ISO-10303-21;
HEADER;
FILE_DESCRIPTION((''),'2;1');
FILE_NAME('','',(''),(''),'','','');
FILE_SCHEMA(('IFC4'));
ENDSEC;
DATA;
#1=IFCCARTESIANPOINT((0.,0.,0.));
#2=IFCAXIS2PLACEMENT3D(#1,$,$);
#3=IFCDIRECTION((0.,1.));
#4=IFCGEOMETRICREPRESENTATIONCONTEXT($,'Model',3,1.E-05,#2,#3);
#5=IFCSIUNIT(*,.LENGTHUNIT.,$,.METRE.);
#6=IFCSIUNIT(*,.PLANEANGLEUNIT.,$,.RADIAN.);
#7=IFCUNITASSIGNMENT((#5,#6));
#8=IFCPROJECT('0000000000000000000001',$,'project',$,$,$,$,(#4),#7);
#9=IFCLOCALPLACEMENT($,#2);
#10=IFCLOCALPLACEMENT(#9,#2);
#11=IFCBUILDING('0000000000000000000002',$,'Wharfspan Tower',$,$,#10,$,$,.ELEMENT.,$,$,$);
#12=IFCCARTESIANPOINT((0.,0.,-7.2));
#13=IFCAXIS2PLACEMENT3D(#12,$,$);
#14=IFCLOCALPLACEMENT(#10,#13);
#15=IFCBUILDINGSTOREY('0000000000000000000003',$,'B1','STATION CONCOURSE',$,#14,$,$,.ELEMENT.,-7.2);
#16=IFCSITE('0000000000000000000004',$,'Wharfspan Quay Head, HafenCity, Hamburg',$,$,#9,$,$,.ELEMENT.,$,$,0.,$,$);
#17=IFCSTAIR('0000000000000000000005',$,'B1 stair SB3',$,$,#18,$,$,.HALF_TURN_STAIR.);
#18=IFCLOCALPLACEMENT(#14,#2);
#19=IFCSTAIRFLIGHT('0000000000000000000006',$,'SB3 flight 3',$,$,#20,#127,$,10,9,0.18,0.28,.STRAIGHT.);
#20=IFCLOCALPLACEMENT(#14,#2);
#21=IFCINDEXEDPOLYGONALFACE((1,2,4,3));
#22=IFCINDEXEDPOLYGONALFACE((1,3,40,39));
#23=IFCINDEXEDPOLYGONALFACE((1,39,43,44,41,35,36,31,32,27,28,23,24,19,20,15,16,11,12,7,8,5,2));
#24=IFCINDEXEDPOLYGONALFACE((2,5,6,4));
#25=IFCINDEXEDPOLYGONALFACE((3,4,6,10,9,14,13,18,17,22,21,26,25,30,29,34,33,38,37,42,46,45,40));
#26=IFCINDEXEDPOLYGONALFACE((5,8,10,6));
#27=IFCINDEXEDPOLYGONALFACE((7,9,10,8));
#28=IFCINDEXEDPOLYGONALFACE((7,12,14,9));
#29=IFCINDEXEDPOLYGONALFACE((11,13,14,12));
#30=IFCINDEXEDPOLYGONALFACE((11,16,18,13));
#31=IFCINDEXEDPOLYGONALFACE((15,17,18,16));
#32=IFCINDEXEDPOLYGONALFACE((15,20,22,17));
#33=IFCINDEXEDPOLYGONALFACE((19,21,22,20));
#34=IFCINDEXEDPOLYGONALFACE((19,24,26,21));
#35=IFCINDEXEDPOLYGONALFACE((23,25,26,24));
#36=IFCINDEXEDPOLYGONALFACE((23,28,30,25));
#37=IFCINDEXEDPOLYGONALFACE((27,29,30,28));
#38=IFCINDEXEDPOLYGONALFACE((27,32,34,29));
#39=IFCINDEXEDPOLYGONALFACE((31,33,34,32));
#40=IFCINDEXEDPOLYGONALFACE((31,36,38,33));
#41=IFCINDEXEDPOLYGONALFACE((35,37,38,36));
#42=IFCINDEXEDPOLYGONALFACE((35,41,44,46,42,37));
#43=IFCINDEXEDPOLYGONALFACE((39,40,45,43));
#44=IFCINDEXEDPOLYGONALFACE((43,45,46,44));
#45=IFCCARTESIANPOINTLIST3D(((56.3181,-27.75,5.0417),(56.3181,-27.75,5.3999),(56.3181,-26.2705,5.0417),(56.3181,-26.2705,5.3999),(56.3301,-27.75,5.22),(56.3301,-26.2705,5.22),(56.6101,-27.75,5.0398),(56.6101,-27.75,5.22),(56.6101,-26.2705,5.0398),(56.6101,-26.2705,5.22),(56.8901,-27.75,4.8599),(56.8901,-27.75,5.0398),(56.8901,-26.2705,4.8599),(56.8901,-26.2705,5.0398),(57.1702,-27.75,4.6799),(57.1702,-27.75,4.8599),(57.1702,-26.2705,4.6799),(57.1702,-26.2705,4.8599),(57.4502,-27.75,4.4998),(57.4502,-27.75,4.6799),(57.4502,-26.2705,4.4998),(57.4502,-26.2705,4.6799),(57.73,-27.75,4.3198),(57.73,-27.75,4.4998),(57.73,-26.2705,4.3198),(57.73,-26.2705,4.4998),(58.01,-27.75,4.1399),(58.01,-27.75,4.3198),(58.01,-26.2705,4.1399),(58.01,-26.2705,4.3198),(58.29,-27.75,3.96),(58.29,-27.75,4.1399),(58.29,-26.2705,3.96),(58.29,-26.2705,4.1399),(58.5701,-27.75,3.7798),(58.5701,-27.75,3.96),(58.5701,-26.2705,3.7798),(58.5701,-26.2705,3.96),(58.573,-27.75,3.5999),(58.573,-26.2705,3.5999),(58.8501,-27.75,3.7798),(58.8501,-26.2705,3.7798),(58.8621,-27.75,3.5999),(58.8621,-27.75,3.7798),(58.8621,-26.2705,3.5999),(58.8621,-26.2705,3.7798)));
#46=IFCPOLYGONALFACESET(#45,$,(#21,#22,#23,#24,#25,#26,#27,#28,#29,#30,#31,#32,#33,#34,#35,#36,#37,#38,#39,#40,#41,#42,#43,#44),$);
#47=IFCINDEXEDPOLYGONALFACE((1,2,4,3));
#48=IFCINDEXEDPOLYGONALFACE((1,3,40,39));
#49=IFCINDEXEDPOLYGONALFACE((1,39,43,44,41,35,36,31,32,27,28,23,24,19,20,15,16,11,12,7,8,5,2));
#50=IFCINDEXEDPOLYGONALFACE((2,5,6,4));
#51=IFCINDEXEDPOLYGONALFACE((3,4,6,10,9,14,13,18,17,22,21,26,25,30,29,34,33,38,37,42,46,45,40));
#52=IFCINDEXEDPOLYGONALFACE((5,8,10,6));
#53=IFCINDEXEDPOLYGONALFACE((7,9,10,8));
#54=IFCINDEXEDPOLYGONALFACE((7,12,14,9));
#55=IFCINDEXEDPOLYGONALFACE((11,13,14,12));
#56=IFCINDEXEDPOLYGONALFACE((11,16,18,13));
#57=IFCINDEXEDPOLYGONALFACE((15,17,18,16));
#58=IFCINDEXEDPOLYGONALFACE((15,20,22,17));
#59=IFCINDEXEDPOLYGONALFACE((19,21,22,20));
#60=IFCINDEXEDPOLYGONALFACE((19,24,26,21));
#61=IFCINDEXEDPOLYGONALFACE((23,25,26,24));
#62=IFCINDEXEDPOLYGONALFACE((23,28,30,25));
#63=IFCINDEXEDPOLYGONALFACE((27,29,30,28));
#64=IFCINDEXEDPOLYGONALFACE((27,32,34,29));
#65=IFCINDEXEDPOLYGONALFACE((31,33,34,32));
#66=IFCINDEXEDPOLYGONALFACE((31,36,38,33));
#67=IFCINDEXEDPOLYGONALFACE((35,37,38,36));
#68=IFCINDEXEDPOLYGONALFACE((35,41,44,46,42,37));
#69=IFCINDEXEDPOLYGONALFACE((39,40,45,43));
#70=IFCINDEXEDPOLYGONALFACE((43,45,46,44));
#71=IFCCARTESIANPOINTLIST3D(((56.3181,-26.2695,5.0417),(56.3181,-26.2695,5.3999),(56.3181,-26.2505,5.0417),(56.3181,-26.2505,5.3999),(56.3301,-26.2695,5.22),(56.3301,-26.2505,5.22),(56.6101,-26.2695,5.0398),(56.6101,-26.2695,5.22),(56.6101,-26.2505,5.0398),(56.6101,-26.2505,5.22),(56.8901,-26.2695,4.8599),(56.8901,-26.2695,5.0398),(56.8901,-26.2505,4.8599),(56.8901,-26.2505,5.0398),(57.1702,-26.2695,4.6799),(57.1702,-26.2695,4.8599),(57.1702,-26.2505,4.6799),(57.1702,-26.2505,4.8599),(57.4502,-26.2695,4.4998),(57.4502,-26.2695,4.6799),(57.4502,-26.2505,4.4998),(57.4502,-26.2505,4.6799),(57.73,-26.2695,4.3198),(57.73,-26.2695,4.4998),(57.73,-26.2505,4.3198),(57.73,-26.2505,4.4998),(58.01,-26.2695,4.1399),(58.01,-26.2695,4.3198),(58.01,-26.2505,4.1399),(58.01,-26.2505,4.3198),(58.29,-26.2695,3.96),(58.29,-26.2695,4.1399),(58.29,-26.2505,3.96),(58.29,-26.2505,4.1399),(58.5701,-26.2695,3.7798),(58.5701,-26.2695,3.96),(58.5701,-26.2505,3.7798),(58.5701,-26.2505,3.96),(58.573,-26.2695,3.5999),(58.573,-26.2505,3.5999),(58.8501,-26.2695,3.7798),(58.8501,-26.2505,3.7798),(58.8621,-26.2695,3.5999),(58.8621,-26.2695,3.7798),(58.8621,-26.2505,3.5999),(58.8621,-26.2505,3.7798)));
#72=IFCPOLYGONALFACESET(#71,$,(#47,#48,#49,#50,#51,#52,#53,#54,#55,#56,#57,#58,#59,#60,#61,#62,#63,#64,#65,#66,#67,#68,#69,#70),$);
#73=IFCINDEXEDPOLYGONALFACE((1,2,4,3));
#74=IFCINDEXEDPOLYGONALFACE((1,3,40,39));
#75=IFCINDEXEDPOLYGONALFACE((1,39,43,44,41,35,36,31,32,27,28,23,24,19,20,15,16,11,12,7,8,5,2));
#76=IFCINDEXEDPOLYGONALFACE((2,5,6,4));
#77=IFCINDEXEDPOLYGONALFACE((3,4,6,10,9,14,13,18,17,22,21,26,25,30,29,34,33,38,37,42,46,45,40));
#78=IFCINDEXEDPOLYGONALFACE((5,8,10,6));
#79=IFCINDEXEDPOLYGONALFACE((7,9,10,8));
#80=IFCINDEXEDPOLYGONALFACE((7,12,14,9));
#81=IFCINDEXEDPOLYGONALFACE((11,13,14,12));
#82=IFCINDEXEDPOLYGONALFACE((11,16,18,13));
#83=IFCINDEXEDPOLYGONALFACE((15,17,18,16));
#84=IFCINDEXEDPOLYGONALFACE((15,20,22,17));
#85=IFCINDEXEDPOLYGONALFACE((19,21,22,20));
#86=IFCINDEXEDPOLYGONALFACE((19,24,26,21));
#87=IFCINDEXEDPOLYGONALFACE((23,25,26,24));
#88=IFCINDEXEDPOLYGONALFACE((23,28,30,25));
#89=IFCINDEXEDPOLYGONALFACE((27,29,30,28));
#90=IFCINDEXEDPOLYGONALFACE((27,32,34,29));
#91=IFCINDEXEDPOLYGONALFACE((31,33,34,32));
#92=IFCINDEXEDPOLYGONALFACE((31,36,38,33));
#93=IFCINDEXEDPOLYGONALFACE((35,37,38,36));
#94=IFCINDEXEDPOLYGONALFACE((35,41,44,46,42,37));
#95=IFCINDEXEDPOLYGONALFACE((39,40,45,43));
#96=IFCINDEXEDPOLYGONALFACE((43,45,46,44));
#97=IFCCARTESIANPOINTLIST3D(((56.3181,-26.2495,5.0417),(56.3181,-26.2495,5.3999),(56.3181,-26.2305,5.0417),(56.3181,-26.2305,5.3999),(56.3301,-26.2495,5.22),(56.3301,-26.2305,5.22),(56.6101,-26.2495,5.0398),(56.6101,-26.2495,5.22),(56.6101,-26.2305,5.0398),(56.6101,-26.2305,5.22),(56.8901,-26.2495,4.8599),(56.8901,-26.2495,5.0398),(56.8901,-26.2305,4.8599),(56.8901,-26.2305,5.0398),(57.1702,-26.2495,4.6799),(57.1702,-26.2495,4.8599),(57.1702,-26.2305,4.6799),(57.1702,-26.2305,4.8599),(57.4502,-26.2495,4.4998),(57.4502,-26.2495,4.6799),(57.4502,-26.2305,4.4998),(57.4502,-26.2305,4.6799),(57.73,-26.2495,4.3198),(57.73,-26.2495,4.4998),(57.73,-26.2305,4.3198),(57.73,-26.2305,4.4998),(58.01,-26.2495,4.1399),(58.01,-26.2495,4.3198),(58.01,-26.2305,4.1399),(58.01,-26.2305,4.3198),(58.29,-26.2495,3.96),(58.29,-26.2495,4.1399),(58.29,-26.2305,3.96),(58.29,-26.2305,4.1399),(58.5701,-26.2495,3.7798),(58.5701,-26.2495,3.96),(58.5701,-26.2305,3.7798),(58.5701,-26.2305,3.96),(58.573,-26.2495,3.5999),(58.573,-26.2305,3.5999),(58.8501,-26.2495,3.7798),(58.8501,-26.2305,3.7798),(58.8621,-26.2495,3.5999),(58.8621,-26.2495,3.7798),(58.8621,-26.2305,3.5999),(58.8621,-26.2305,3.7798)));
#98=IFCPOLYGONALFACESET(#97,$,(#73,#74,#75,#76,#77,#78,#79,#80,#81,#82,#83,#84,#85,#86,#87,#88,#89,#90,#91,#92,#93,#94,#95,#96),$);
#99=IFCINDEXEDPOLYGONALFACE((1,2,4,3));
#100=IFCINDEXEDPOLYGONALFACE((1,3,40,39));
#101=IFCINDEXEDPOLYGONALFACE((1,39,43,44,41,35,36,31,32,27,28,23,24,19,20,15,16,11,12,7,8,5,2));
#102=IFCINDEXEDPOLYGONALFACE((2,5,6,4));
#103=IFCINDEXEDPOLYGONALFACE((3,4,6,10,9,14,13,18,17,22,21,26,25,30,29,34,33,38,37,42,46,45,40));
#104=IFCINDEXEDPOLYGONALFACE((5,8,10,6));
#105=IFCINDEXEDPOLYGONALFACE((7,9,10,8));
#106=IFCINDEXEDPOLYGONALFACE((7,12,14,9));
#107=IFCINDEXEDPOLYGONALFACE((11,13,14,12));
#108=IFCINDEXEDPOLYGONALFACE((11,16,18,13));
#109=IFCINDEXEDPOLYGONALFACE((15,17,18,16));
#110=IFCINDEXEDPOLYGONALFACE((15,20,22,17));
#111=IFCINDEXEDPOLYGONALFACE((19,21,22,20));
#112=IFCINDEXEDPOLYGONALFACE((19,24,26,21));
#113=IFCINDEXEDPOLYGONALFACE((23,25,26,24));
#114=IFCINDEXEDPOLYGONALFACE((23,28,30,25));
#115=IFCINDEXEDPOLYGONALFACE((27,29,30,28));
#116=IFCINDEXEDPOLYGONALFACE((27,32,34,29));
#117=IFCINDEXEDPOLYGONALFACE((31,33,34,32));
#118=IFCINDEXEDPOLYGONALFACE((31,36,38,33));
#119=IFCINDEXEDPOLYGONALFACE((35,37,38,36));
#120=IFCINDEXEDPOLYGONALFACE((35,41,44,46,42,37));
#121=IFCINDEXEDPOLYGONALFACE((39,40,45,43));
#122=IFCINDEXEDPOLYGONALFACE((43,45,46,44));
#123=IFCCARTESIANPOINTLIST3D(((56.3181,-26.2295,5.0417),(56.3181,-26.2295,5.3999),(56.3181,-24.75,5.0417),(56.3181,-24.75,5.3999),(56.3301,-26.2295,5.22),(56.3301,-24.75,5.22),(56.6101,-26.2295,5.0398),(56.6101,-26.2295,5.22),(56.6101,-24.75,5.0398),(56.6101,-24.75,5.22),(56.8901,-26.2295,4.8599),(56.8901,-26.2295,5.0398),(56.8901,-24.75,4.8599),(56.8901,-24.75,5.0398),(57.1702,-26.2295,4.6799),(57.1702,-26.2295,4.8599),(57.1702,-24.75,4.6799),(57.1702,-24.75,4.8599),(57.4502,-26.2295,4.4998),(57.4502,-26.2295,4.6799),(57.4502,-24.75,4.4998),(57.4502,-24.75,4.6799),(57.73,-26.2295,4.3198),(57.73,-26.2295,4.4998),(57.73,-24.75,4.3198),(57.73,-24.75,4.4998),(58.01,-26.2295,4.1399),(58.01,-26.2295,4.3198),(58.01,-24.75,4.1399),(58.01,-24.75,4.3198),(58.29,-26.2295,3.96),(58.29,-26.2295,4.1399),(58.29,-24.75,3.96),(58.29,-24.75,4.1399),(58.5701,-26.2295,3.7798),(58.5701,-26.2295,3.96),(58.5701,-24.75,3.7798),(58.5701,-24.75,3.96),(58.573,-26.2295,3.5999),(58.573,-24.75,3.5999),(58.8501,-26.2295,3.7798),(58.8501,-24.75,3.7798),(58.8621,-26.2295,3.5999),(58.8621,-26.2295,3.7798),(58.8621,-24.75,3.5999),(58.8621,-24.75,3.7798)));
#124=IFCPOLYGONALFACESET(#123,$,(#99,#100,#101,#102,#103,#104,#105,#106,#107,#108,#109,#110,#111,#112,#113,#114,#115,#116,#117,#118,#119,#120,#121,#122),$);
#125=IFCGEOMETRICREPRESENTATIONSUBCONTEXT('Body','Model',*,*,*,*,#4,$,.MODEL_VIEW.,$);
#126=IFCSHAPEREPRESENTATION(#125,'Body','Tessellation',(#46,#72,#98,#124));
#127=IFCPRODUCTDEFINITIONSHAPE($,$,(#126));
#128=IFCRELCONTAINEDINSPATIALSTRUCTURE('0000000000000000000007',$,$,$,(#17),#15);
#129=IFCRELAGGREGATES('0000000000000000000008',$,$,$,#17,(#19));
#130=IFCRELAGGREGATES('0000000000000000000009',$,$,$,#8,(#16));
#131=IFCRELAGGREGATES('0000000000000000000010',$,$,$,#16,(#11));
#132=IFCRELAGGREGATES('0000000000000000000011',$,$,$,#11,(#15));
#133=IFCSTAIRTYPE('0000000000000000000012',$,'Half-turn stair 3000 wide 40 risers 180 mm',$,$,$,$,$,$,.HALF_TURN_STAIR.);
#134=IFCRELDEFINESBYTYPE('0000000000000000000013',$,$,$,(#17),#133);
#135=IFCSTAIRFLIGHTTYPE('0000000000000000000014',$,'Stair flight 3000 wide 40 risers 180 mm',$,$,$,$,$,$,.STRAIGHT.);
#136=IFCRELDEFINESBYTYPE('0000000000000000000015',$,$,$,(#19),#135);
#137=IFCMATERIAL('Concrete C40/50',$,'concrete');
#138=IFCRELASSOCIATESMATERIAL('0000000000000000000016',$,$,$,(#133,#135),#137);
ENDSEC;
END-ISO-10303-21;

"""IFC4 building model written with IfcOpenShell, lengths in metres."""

from ifc_helpers import new_model, si_unit, direction, frame, origin, place, context, subcontext, project, spatial, polyline, outline, extrude, material, type_object, element, aggregate, save


model = new_model("IFC4")

# Units and contexts
model_context = context("Model", 3, precision=1e-05, world=origin(), true_north=direction((0.0, 1.0)))
body_context = subcontext(model_context, "Body", "Model", "MODEL_VIEW")
ifc_project = project(units=[si_unit("LENGTHUNIT", "METRE"), si_unit("PLANEANGLEUNIT", "RADIAN")], contexts=[model_context])

# Site, building, storey
site_placement = place(None, origin())
site = spatial("IfcSite", under=ifc_project, at=site_placement, Name="Wharfspan Quay Head, HafenCity, Hamburg", CompositionType="ELEMENT", RefElevation=0.0)
building_placement = place(site_placement, origin())
building = spatial("IfcBuilding", under=site, at=building_placement, Name="Wharfspan Tower", CompositionType="ELEMENT")
storey_placement = place(building_placement, frame((0.0, 0.0, -7.2)))
storey = spatial("IfcBuildingStorey", under=building, at=storey_placement, Name="B1", Description="STATION CONCOURSE", CompositionType="ELEMENT", Elevation=-7.2)

# Stair, stair flight
ifc_material_1 = material(Name="Concrete C40/50", Category="concrete")
stair_type = type_object("IfcStairType", Name="Half-turn stair 3000 wide 40 risers 180 mm", PredefinedType="HALF_TURN_STAIR", material=ifc_material_1)
stair_placement = place(storey_placement, origin())
stair = element("IfcStair", 1, at=stair_placement, inside=storey, type_object=stair_type, Name="B1 stair SB3", PredefinedType="HALF_TURN_STAIR")
stair_flight_type = type_object("IfcStairFlightType", Name="Stair flight 3000 wide 40 risers 180 mm", PredefinedType="STRAIGHT", material=ifc_material_1)
stair_flight_1_placement = place(storey_placement, frame((58.8501, -26.25, 3.5999), z_axis=(0.0, 0.0, 1.0), x_axis=(-1.0, 0.0, 0.0)))
stair_flight_1 = element("IfcStairFlight", 2, at=stair_flight_1_placement, type_object=stair_flight_type, Name="SB3 flight 3", NumberOfRisers=10, NumberOfTreads=9, PredefinedType="STRAIGHT", RiserHeight=0.18, TreadLength=0.28, context=body_context, shape_type="SweptSolid", body=[
    extrude(outline(polyline([(-0.012, 0.0), (-0.012, 0.1799), (0.0, 0.1799), (0.28, 0.1799), (0.28, 0.3601), (0.5601, 0.3601), (0.5601, 0.54), (0.8401, 0.54), (0.8401, 0.72), (1.1201, 0.72), (1.1201, 0.8999), (1.3999, 0.8999), (1.3999, 1.0801), (1.6799, 1.0801), (1.6799, 1.26), (1.96, 1.26), (1.96, 1.4399), (2.24, 1.4399), (2.24, 1.6201), (2.52, 1.6201), (2.532, 1.8), (2.532, 1.4419), (0.2771, 0.0), (-0.012, 0.0)])), frame((0.0, 1.5, 0.0), z_axis=(0.0, -1.0, 0.0), x_axis=(1.0, 0.0, 0.0)), (0.0, 0.0, 1.0), 1.4795),
    extrude(outline(polyline([(-0.012, 0.0), (-0.012, 0.1799), (0.0, 0.1799), (0.28, 0.1799), (0.28, 0.3601), (0.5601, 0.3601), (0.5601, 0.54), (0.8401, 0.54), (0.8401, 0.72), (1.1201, 0.72), (1.1201, 0.8999), (1.3999, 0.8999), (1.3999, 1.0801), (1.6799, 1.0801), (1.6799, 1.26), (1.96, 1.26), (1.96, 1.4399), (2.24, 1.4399), (2.24, 1.6201), (2.52, 1.6201), (2.532, 1.8), (2.532, 1.4419), (0.2771, 0.0), (-0.012, 0.0)])), frame((0.0, 0.0195, 0.0), z_axis=(0.0, -1.0, 0.0), x_axis=(1.0, 0.0, 0.0)), (0.0, 0.0, 1.0), 0.019),
    extrude(outline(polyline([(-0.012, 0.0), (-0.012, 0.1799), (0.0, 0.1799), (0.28, 0.1799), (0.28, 0.3601), (0.5601, 0.3601), (0.5601, 0.54), (0.8401, 0.54), (0.8401, 0.72), (1.1201, 0.72), (1.1201, 0.8999), (1.3999, 0.8999), (1.3999, 1.0801), (1.6799, 1.0801), (1.6799, 1.26), (1.96, 1.26), (1.96, 1.4399), (2.24, 1.4399), (2.24, 1.6201), (2.52, 1.6201), (2.532, 1.8), (2.532, 1.4419), (0.2771, 0.0), (-0.012, 0.0)])), frame((0.0, -0.0005, 0.0), z_axis=(0.0, -1.0, 0.0), x_axis=(1.0, 0.0, 0.0)), (0.0, 0.0, 1.0), 0.019),
    extrude(outline(polyline([(-0.012, 0.0), (-0.012, 0.1799), (0.0, 0.1799), (0.28, 0.1799), (0.28, 0.3601), (0.5601, 0.3601), (0.5601, 0.54), (0.8401, 0.54), (0.8401, 0.72), (1.1201, 0.72), (1.1201, 0.8999), (1.3999, 0.8999), (1.3999, 1.0801), (1.6799, 1.0801), (1.6799, 1.26), (1.96, 1.26), (1.96, 1.4399), (2.24, 1.4399), (2.24, 1.6201), (2.52, 1.6201), (2.532, 1.8), (2.532, 1.4419), (0.2771, 0.0), (-0.012, 0.0)])), frame((0.0, -0.0205, 0.0), z_axis=(0.0, -1.0, 0.0), x_axis=(1.0, 0.0, 0.0)), (0.0, 0.0, 1.0), 1.4795),
])
aggregate(stair, [stair_flight_1])

save(model, "model.ifc")
